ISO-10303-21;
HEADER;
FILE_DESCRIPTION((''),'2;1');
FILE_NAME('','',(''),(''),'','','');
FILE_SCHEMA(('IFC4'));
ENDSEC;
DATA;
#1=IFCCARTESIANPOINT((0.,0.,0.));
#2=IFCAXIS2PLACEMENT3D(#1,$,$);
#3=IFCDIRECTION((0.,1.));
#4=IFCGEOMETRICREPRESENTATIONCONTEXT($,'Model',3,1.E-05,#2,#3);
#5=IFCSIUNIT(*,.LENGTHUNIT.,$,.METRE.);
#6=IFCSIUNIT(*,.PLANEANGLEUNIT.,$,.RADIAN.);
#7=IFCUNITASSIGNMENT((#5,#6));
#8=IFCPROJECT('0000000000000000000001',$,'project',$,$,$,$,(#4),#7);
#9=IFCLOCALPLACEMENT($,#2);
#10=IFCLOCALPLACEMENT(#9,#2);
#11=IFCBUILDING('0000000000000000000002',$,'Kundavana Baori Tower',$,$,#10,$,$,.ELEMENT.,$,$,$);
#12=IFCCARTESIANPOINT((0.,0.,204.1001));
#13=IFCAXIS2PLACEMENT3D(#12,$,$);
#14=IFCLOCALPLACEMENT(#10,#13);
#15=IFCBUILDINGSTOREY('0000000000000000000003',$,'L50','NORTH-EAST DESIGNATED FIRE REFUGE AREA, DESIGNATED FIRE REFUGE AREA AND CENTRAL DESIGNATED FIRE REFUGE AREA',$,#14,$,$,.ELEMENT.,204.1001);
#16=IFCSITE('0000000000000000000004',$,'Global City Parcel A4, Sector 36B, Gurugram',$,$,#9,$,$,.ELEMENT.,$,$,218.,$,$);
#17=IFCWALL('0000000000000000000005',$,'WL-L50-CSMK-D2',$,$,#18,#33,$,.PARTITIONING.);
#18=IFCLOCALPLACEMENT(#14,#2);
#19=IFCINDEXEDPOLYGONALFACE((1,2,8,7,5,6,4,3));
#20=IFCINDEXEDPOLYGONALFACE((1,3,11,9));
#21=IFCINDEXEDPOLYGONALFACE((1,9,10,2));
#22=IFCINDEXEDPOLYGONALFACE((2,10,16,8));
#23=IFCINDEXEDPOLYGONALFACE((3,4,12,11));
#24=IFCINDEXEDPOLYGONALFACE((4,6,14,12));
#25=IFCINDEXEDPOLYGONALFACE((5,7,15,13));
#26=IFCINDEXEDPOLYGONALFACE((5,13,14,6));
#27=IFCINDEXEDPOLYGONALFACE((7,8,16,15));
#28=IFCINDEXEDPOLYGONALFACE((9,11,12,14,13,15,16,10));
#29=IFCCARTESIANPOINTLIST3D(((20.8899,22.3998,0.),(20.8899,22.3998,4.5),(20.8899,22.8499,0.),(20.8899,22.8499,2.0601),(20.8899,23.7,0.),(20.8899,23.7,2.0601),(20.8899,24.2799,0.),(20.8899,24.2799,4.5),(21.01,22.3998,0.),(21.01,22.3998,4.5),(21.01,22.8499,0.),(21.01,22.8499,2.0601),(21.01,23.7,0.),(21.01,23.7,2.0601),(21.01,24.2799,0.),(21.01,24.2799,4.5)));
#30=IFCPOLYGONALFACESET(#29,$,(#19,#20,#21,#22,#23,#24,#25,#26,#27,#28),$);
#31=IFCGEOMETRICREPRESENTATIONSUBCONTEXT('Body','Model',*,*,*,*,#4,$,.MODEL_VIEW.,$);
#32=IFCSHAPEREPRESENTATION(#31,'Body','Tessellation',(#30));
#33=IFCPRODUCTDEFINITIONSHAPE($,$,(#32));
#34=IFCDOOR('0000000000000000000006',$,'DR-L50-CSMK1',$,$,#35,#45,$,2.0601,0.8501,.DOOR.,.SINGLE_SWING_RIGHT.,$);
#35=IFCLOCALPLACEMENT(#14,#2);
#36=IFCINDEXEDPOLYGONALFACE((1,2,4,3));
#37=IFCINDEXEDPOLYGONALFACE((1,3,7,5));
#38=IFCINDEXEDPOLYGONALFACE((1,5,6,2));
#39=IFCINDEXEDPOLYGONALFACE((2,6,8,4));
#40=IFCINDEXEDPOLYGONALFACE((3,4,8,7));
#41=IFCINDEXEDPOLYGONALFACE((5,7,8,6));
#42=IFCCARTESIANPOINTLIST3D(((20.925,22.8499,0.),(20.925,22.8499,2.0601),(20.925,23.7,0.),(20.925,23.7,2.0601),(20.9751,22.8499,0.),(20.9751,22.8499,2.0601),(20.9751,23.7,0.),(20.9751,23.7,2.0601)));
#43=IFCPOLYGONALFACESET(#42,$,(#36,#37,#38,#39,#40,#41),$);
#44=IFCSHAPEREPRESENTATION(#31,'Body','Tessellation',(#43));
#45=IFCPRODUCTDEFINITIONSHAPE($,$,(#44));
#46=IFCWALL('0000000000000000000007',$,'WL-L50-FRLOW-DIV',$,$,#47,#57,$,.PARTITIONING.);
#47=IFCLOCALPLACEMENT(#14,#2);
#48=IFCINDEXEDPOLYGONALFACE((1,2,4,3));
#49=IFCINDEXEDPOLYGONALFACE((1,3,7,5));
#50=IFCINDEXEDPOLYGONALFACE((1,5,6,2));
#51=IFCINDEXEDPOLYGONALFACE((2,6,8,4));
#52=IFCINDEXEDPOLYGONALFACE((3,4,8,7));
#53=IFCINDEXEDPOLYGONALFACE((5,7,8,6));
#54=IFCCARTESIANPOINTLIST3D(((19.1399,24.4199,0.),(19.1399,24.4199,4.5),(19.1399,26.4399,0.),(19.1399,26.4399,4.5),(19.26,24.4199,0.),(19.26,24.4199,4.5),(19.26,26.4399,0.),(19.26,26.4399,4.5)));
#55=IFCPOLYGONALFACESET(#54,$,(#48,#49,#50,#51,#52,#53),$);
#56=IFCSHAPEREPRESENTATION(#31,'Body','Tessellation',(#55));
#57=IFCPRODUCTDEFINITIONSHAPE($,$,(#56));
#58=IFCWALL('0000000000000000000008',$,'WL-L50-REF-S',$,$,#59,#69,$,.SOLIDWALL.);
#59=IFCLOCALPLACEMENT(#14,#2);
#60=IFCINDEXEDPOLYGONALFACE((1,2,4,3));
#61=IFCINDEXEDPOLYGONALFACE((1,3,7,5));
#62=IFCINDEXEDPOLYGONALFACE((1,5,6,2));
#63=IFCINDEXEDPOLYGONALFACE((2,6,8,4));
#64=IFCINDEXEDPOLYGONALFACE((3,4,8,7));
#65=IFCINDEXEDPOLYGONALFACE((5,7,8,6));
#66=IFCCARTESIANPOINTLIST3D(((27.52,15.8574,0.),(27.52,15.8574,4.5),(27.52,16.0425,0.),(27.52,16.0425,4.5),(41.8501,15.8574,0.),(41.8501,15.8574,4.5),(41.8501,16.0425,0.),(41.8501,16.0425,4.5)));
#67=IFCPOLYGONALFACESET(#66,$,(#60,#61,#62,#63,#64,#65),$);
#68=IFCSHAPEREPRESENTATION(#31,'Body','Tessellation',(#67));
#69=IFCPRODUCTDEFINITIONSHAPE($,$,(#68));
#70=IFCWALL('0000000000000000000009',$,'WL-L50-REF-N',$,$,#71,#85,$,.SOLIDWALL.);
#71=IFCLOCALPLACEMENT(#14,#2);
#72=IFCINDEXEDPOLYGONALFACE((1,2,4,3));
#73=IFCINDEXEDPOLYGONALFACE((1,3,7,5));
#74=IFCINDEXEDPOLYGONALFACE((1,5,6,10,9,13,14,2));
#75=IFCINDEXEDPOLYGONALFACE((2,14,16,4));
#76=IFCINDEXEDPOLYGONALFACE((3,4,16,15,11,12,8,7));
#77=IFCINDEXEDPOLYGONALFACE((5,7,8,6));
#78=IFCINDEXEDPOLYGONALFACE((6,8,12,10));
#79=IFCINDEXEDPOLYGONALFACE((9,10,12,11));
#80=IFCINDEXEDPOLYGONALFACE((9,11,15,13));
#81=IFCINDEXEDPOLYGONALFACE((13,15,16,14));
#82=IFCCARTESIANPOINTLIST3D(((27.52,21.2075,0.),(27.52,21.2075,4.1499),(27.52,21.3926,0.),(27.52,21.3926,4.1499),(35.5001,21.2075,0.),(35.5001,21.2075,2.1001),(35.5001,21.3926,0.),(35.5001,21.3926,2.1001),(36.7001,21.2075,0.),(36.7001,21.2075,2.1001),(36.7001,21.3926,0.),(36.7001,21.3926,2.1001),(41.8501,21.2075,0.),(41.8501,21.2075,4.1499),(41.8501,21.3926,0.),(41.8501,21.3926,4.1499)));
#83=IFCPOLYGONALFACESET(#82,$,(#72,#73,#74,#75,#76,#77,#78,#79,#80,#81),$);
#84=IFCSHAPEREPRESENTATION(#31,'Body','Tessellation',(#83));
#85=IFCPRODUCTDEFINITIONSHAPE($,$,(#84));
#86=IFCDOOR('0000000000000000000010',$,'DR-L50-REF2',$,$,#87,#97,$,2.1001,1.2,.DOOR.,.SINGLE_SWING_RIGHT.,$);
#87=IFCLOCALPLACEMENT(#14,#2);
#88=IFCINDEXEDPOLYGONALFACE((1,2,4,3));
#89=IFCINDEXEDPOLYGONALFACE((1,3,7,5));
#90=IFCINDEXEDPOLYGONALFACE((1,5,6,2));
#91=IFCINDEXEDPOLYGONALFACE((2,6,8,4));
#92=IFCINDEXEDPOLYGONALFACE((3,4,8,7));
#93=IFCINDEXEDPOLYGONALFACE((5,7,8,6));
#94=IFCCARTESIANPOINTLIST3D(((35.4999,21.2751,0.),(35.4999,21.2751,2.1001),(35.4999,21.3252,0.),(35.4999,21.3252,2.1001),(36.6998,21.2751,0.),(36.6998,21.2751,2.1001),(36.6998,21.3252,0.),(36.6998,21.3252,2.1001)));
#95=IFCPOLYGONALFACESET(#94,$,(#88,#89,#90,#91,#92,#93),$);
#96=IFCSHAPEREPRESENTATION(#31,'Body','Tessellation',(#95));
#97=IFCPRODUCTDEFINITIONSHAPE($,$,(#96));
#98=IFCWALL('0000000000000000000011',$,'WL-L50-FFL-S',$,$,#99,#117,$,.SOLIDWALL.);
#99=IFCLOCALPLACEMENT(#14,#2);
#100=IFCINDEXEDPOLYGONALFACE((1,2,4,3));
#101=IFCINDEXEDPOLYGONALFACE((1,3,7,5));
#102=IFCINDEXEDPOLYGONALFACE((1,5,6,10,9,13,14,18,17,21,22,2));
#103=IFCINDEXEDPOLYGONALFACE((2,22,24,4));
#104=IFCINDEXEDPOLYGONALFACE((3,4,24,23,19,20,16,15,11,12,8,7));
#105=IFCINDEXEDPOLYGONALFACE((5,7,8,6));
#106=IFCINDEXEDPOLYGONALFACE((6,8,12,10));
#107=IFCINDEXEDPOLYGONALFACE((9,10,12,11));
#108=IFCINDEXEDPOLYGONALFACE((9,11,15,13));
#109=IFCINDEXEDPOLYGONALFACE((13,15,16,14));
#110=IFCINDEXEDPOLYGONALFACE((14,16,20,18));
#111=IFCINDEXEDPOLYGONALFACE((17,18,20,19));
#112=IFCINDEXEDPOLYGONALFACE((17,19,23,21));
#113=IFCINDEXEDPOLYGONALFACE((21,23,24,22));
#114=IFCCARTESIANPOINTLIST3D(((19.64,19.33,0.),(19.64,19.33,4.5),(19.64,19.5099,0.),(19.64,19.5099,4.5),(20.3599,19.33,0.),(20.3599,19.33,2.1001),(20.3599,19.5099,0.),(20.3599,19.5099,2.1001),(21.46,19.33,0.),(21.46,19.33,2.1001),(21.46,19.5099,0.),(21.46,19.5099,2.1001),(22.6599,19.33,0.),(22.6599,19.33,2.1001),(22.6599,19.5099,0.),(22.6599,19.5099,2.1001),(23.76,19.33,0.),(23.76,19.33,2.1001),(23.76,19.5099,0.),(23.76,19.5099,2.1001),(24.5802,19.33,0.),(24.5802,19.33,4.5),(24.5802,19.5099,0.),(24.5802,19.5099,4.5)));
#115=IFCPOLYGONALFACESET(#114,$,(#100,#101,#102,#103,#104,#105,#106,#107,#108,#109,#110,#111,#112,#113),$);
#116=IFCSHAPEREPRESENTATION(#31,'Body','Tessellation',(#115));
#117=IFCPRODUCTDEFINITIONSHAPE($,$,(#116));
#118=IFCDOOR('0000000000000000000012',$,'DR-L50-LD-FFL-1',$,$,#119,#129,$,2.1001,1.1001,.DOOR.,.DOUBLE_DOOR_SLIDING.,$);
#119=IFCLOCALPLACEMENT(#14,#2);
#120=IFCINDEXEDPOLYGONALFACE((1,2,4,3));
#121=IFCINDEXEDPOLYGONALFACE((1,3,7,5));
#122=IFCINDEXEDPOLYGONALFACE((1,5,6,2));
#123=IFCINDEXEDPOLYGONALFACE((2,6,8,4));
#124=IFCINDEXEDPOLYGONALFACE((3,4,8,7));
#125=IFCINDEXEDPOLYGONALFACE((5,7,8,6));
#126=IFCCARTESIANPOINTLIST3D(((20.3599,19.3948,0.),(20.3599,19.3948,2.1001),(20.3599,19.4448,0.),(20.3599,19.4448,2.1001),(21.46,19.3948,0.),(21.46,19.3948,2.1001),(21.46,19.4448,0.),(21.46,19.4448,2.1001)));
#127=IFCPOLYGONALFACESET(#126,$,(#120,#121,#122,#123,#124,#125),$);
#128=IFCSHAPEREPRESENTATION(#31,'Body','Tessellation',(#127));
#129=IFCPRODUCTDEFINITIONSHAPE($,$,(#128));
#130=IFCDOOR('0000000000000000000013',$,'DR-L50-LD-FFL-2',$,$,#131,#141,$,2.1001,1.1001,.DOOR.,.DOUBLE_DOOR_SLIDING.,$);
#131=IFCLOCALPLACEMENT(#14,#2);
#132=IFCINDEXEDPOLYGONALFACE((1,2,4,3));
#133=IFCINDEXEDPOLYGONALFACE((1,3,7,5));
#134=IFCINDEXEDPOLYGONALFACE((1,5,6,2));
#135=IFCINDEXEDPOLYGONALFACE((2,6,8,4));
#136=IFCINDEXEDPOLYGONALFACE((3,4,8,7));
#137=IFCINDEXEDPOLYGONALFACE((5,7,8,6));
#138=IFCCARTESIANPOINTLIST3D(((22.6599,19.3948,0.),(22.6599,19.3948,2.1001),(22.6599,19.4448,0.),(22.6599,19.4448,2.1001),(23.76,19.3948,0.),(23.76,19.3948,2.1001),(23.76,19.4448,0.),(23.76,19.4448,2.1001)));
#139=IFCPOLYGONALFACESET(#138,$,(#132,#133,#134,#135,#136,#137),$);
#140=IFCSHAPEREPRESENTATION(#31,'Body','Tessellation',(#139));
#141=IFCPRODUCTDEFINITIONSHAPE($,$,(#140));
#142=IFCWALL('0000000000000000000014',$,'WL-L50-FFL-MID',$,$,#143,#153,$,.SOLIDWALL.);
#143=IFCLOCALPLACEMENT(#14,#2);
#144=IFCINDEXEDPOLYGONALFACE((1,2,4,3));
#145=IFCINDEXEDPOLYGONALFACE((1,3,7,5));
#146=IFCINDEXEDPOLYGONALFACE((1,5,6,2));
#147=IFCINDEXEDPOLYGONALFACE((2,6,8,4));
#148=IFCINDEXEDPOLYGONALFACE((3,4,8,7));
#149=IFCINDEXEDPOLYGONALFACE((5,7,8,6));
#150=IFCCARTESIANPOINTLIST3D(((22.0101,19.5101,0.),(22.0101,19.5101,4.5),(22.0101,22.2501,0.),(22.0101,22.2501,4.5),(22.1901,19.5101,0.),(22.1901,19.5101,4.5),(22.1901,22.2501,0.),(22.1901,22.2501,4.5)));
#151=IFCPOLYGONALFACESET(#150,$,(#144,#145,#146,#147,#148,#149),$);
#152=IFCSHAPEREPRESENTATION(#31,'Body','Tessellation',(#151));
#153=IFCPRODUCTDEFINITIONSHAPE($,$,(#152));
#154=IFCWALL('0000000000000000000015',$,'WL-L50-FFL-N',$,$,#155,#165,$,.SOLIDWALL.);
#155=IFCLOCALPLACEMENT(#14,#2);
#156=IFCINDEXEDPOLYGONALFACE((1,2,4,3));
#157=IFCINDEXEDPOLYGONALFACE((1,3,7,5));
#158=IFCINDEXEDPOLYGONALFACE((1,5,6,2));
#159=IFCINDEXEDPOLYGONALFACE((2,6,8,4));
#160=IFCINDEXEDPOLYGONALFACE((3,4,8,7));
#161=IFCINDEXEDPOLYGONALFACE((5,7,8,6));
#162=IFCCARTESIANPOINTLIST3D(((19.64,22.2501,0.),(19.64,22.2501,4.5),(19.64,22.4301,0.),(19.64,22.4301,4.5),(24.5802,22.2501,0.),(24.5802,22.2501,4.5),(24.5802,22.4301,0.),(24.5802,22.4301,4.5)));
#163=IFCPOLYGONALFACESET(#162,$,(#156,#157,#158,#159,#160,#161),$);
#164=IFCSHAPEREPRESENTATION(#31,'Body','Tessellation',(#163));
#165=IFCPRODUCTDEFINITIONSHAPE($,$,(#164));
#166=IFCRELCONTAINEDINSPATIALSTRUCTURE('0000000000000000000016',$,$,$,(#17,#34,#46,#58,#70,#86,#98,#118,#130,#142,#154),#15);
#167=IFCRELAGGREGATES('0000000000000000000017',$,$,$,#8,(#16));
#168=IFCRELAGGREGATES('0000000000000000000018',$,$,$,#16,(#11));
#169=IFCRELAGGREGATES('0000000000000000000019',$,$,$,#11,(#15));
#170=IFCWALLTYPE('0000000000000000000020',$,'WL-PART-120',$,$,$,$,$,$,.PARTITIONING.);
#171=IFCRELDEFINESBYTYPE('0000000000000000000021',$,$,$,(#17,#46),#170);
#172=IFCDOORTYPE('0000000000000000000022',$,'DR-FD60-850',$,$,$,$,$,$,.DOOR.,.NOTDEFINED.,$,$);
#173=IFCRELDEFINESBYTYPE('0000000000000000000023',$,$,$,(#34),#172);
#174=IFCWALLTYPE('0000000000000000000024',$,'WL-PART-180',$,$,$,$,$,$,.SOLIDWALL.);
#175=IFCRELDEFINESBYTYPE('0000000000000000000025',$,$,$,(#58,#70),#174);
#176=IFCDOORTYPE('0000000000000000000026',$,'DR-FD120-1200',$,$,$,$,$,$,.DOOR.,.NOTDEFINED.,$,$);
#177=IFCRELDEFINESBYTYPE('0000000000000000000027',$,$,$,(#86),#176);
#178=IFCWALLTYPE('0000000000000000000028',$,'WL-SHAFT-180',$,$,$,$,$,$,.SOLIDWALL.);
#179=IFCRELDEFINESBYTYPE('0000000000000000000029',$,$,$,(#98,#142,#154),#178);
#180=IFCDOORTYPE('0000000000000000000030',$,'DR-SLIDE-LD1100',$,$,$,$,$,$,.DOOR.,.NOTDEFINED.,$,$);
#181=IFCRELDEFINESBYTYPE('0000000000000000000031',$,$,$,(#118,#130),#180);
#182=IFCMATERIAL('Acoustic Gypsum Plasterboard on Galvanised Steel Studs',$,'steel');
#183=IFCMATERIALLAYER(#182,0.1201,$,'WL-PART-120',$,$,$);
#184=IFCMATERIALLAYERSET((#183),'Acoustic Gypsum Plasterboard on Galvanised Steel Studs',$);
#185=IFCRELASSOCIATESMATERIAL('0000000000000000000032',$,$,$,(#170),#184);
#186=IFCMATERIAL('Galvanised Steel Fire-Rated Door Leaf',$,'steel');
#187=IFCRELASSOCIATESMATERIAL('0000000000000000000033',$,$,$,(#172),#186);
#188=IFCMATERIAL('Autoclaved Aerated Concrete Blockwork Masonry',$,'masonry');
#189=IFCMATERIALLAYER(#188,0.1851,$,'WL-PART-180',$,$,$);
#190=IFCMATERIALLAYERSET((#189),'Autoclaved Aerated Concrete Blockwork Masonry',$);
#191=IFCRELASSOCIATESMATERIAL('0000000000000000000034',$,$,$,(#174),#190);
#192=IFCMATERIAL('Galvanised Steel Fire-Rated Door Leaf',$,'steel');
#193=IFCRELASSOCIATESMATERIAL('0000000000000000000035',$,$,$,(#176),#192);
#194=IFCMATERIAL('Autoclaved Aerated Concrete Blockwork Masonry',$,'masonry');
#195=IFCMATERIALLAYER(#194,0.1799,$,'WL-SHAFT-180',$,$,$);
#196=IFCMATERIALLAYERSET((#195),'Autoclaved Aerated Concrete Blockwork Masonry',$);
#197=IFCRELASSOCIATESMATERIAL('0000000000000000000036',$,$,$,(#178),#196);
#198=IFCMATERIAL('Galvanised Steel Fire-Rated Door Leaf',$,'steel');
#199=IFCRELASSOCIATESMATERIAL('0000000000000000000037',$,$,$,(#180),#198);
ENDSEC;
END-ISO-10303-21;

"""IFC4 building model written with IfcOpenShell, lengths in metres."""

from ifc_helpers import new_model, si_unit, direction, frame, frame_2d, origin, place, context, subcontext, project, spatial, rectangle, extrude, material, layer, layer_set, type_object, element, fill, save


model = new_model("IFC4")

# Units and contexts
model_context = context("Model", 3, precision=1e-05, world=origin(), true_north=direction((0.0, 1.0)))
body_context = subcontext(model_context, "Body", "Model", "MODEL_VIEW")
ifc_project = project(units=[si_unit("LENGTHUNIT", "METRE"), si_unit("PLANEANGLEUNIT", "RADIAN")], contexts=[model_context])

# Site, building, storey
site_placement = place(None, origin())
site = spatial("IfcSite", under=ifc_project, at=site_placement, Name="Global City Parcel A4, Sector 36B, Gurugram", CompositionType="ELEMENT", RefElevation=218.0)
building_placement = place(site_placement, origin())
building = spatial("IfcBuilding", under=site, at=building_placement, Name="Kundavana Baori Tower", CompositionType="ELEMENT")
storey_placement = place(building_placement, frame((0.0, 0.0, 204.1001)))
storey = spatial("IfcBuildingStorey", under=building, at=storey_placement, Name="L50", Description="NORTH-EAST DESIGNATED FIRE REFUGE AREA, DESIGNATED FIRE REFUGE AREA AND CENTRAL DESIGNATED FIRE REFUGE AREA", CompositionType="ELEMENT", Elevation=204.1001)

# Wall, opening, door
ifc_material_1 = material(Name="Acoustic Gypsum Plasterboard on Galvanised Steel Studs", Category="steel")
ifc_layer_1 = layer(ifc_material_1, 0.1201, Name="WL-PART-120")
ifc_layer_set_1 = layer_set([ifc_layer_1], Name="Acoustic Gypsum Plasterboard on Galvanised Steel Studs")
wall_type_1 = type_object("IfcWallType", Name="WL-PART-120", PredefinedType="PARTITIONING", material=ifc_layer_set_1)
wall_1_placement = place(storey_placement, frame((20.95, 22.3999, 0.0), z_axis=(0.0, 0.0, 1.0), x_axis=(0.0, 1.0, 0.0)))
wall_1 = element("IfcWall", 1, at=wall_1_placement, inside=storey, type_object=wall_type_1, Name="WL-L50-CSMK-D2", PredefinedType="PARTITIONING", context=body_context, shape_type="SweptSolid", body=[
    extrude(rectangle(XDim=1.8801, YDim=0.1201, at=frame_2d((0.9399, 0.0))), origin(), (0.0, 0.0, 1.0), 4.5),
])
opening_1_placement = place(wall_1_placement, frame((0.45, 0.0, 0.0)))
opening_1 = element("IfcOpeningElement", 2, at=opening_1_placement, cuts=wall_1, PredefinedType="OPENING", context=body_context, shape_type="SweptSolid", body=[
    extrude(rectangle(XDim=0.8501, YDim=2.0601, at=frame_2d((0.425, 1.03))), frame((0.0, 0.0701, 0.0), z_axis=(0.0, -1.0, 0.0), x_axis=(1.0, 0.0, 0.0)), (0.0, 0.0, 1.0), 0.1401),
])
ifc_material_2 = material(Name="Galvanised Steel Fire-Rated Door Leaf", Category="steel")
door_type_1 = type_object("IfcDoorType", Name="DR-FD60-850", OperationType="NOTDEFINED", PredefinedType="DOOR", material=ifc_material_2)
door_1_placement = place(opening_1_placement, origin())
door_1 = element("IfcDoor", 3, at=door_1_placement, inside=storey, type_object=door_type_1, Name="DR-L50-CSMK1", OperationType="SINGLE_SWING_RIGHT", OverallHeight=2.0601, OverallWidth=0.8501, PredefinedType="DOOR", context=body_context, shape_type="SweptSolid", body=[
    extrude(rectangle(XDim=0.8501, YDim=2.0601, at=frame_2d((0.425, 1.03))), frame((0.0, 0.0249, 0.0), z_axis=(0.0, -1.0, 0.0), x_axis=(1.0, 0.0, 0.0)), (0.0, 0.0, 1.0), 0.05),
])
fill(opening_1, door_1)

# Walls
wall_2_placement = place(storey_placement, frame((19.2, 24.4199, 0.0), z_axis=(0.0, 0.0, 1.0), x_axis=(0.0, 1.0, 0.0)))
element("IfcWall", 4, at=wall_2_placement, inside=storey, type_object=wall_type_1, Name="WL-L50-FRLOW-DIV", PredefinedType="PARTITIONING", context=body_context, shape_type="SweptSolid", body=[
    extrude(rectangle(XDim=2.02, YDim=0.1201, at=frame_2d((1.01, 0.0))), origin(), (0.0, 0.0, 1.0), 4.5),
])
ifc_material_3 = material(Name="Autoclaved Aerated Concrete Blockwork Masonry", Category="masonry")
ifc_layer_2 = layer(ifc_material_3, 0.1851, Name="WL-PART-180")
ifc_layer_set_2 = layer_set([ifc_layer_2], Name="Autoclaved Aerated Concrete Blockwork Masonry")
wall_type_2 = type_object("IfcWallType", Name="WL-PART-180", PredefinedType="SOLIDWALL", material=ifc_layer_set_2)
wall_3_placement = place(storey_placement, frame((27.52, 15.95, 0.0), z_axis=(0.0, 0.0, 1.0), x_axis=(1.0, 0.0, 0.0)))
element("IfcWall", 5, at=wall_3_placement, inside=storey, type_object=wall_type_2, Name="WL-L50-REF-S", PredefinedType="SOLIDWALL", context=body_context, shape_type="SweptSolid", body=[
    extrude(rectangle(XDim=14.3301, YDim=0.1851, at=frame_2d((7.165, 0.0))), origin(), (0.0, 0.0, 1.0), 4.5),
])

# Wall, opening, door
wall_4_placement = place(storey_placement, frame((27.52, 21.3, 0.0), z_axis=(0.0, 0.0, 1.0), x_axis=(1.0, 0.0, 0.0)))
wall_4 = element("IfcWall", 6, at=wall_4_placement, inside=storey, type_object=wall_type_2, Name="WL-L50-REF-N", PredefinedType="SOLIDWALL", context=body_context, shape_type="SweptSolid", body=[
    extrude(rectangle(XDim=14.3301, YDim=0.1851, at=frame_2d((7.165, 0.0))), origin(), (0.0, 0.0, 1.0), 4.1499),
])
opening_2_placement = place(wall_4_placement, frame((7.98, 0.0, 0.0)))
opening_2 = element("IfcOpeningElement", 7, at=opening_2_placement, cuts=wall_4, PredefinedType="OPENING", context=body_context, shape_type="SweptSolid", body=[
    extrude(rectangle(XDim=1.2, YDim=2.1001, at=frame_2d((0.6001, 1.05))), frame((0.0, 0.1025, 0.0), z_axis=(0.0, -1.0, 0.0), x_axis=(1.0, 0.0, 0.0)), (0.0, 0.0, 1.0), 0.2051),
])
ifc_material_4 = material(Name="Galvanised Steel Fire-Rated Door Leaf", Category="steel")
door_type_2 = type_object("IfcDoorType", Name="DR-FD120-1200", OperationType="NOTDEFINED", PredefinedType="DOOR", material=ifc_material_4)
door_2_placement = place(opening_2_placement, frame((1.2, 0.0, 0.0), z_axis=(0.0, 0.0, 1.0), x_axis=(-1.0, 0.0, 0.0)))
door_2 = element("IfcDoor", 8, at=door_2_placement, inside=storey, type_object=door_type_2, Name="DR-L50-REF2", OperationType="SINGLE_SWING_RIGHT", OverallHeight=2.1001, OverallWidth=1.2, PredefinedType="DOOR", context=body_context, shape_type="SweptSolid", body=[
    extrude(rectangle(XDim=1.2, YDim=2.1001, at=frame_2d((0.6001, 1.05))), frame((0.0, 0.0249, 0.0), z_axis=(0.0, -1.0, 0.0), x_axis=(1.0, 0.0, 0.0)), (0.0, 0.0, 1.0), 0.05),
])
fill(opening_2, door_2)

# Wall, openings, doors
ifc_material_5 = material(Name="Autoclaved Aerated Concrete Blockwork Masonry", Category="masonry")
ifc_layer_3 = layer(ifc_material_5, 0.1799, Name="WL-SHAFT-180")
ifc_layer_set_3 = layer_set([ifc_layer_3], Name="Autoclaved Aerated Concrete Blockwork Masonry")
wall_type_3 = type_object("IfcWallType", Name="WL-SHAFT-180", PredefinedType="SOLIDWALL", material=ifc_layer_set_3)
wall_5_placement = place(storey_placement, frame((19.6399, 19.4199, 0.0), z_axis=(0.0, 0.0, 1.0), x_axis=(1.0, 0.0, 0.0)))
wall_5 = element("IfcWall", 9, at=wall_5_placement, inside=storey, type_object=wall_type_3, Name="WL-L50-FFL-S", PredefinedType="SOLIDWALL", context=body_context, shape_type="SweptSolid", body=[
    extrude(rectangle(XDim=4.9402, YDim=0.1799, at=frame_2d((2.4702, 0.0))), origin(), (0.0, 0.0, 1.0), 4.5),
])
opening_3_placement = place(wall_5_placement, frame((0.72, 0.0, 0.0)))
opening_3 = element("IfcOpeningElement", 10, at=opening_3_placement, cuts=wall_5, PredefinedType="OPENING", context=body_context, shape_type="SweptSolid", body=[
    extrude(rectangle(XDim=1.1001, YDim=2.1001, at=frame_2d((0.55, 1.05))), frame((0.0, 0.1001, 0.0), z_axis=(0.0, -1.0, 0.0), x_axis=(1.0, 0.0, 0.0)), (0.0, 0.0, 1.0), 0.2),
])
opening_4_placement = place(wall_5_placement, frame((3.02, 0.0, 0.0)))
opening_4 = element("IfcOpeningElement", 11, at=opening_4_placement, cuts=wall_5, PredefinedType="OPENING", context=body_context, shape_type="SweptSolid", body=[
    extrude(rectangle(XDim=1.1001, YDim=2.1001, at=frame_2d((0.55, 1.05))), frame((0.0, 0.1001, 0.0), z_axis=(0.0, -1.0, 0.0), x_axis=(1.0, 0.0, 0.0)), (0.0, 0.0, 1.0), 0.2),
])
ifc_material_6 = material(Name="Galvanised Steel Fire-Rated Door Leaf", Category="steel")
door_type_3 = type_object("IfcDoorType", Name="DR-SLIDE-LD1100", OperationType="NOTDEFINED", PredefinedType="DOOR", material=ifc_material_6)
door_3_placement = place(opening_3_placement, origin())
door_3 = element("IfcDoor", 12, at=door_3_placement, inside=storey, type_object=door_type_3, Name="DR-L50-LD-FFL-1", OperationType="DOUBLE_DOOR_SLIDING", OverallHeight=2.1001, OverallWidth=1.1001, PredefinedType="DOOR", context=body_context, shape_type="SweptSolid", body=[
    extrude(rectangle(XDim=1.1001, YDim=2.1001, at=frame_2d((0.55, 1.05))), frame((0.0, 0.0249, 0.0), z_axis=(0.0, -1.0, 0.0), x_axis=(1.0, 0.0, 0.0)), (0.0, 0.0, 1.0), 0.05),
])
fill(opening_3, door_3)
door_4_placement = place(opening_4_placement, origin())
door_4 = element("IfcDoor", 13, at=door_4_placement, inside=storey, type_object=door_type_3, Name="DR-L50-LD-FFL-2", OperationType="DOUBLE_DOOR_SLIDING", OverallHeight=2.1001, OverallWidth=1.1001, PredefinedType="DOOR", context=body_context, shape_type="SweptSolid", body=[
    extrude(rectangle(XDim=1.1001, YDim=2.1001, at=frame_2d((0.55, 1.05))), frame((0.0, 0.0249, 0.0), z_axis=(0.0, -1.0, 0.0), x_axis=(1.0, 0.0, 0.0)), (0.0, 0.0, 1.0), 0.05),
])
fill(opening_4, door_4)

# Walls
wall_6_placement = place(storey_placement, frame((22.1001, 19.51, 0.0), z_axis=(0.0, 0.0, 1.0), x_axis=(0.0, 1.0, 0.0)))
element("IfcWall", 14, at=wall_6_placement, inside=storey, type_object=wall_type_3, Name="WL-L50-FFL-MID", PredefinedType="SOLIDWALL", context=body_context, shape_type="SweptSolid", body=[
    extrude(rectangle(XDim=2.74, YDim=0.1799, at=frame_2d((1.3701, 0.0))), origin(), (0.0, 0.0, 1.0), 4.5),
])
wall_7_placement = place(storey_placement, frame((19.6399, 22.3401, 0.0), z_axis=(0.0, 0.0, 1.0), x_axis=(1.0, 0.0, 0.0)))
element("IfcWall", 15, at=wall_7_placement, inside=storey, type_object=wall_type_3, Name="WL-L50-FFL-N", PredefinedType="SOLIDWALL", context=body_context, shape_type="SweptSolid", body=[
    extrude(rectangle(XDim=4.9402, YDim=0.1799, at=frame_2d((2.4702, 0.0))), origin(), (0.0, 0.0, 1.0), 4.5),
])

save(model, "model.ifc")
